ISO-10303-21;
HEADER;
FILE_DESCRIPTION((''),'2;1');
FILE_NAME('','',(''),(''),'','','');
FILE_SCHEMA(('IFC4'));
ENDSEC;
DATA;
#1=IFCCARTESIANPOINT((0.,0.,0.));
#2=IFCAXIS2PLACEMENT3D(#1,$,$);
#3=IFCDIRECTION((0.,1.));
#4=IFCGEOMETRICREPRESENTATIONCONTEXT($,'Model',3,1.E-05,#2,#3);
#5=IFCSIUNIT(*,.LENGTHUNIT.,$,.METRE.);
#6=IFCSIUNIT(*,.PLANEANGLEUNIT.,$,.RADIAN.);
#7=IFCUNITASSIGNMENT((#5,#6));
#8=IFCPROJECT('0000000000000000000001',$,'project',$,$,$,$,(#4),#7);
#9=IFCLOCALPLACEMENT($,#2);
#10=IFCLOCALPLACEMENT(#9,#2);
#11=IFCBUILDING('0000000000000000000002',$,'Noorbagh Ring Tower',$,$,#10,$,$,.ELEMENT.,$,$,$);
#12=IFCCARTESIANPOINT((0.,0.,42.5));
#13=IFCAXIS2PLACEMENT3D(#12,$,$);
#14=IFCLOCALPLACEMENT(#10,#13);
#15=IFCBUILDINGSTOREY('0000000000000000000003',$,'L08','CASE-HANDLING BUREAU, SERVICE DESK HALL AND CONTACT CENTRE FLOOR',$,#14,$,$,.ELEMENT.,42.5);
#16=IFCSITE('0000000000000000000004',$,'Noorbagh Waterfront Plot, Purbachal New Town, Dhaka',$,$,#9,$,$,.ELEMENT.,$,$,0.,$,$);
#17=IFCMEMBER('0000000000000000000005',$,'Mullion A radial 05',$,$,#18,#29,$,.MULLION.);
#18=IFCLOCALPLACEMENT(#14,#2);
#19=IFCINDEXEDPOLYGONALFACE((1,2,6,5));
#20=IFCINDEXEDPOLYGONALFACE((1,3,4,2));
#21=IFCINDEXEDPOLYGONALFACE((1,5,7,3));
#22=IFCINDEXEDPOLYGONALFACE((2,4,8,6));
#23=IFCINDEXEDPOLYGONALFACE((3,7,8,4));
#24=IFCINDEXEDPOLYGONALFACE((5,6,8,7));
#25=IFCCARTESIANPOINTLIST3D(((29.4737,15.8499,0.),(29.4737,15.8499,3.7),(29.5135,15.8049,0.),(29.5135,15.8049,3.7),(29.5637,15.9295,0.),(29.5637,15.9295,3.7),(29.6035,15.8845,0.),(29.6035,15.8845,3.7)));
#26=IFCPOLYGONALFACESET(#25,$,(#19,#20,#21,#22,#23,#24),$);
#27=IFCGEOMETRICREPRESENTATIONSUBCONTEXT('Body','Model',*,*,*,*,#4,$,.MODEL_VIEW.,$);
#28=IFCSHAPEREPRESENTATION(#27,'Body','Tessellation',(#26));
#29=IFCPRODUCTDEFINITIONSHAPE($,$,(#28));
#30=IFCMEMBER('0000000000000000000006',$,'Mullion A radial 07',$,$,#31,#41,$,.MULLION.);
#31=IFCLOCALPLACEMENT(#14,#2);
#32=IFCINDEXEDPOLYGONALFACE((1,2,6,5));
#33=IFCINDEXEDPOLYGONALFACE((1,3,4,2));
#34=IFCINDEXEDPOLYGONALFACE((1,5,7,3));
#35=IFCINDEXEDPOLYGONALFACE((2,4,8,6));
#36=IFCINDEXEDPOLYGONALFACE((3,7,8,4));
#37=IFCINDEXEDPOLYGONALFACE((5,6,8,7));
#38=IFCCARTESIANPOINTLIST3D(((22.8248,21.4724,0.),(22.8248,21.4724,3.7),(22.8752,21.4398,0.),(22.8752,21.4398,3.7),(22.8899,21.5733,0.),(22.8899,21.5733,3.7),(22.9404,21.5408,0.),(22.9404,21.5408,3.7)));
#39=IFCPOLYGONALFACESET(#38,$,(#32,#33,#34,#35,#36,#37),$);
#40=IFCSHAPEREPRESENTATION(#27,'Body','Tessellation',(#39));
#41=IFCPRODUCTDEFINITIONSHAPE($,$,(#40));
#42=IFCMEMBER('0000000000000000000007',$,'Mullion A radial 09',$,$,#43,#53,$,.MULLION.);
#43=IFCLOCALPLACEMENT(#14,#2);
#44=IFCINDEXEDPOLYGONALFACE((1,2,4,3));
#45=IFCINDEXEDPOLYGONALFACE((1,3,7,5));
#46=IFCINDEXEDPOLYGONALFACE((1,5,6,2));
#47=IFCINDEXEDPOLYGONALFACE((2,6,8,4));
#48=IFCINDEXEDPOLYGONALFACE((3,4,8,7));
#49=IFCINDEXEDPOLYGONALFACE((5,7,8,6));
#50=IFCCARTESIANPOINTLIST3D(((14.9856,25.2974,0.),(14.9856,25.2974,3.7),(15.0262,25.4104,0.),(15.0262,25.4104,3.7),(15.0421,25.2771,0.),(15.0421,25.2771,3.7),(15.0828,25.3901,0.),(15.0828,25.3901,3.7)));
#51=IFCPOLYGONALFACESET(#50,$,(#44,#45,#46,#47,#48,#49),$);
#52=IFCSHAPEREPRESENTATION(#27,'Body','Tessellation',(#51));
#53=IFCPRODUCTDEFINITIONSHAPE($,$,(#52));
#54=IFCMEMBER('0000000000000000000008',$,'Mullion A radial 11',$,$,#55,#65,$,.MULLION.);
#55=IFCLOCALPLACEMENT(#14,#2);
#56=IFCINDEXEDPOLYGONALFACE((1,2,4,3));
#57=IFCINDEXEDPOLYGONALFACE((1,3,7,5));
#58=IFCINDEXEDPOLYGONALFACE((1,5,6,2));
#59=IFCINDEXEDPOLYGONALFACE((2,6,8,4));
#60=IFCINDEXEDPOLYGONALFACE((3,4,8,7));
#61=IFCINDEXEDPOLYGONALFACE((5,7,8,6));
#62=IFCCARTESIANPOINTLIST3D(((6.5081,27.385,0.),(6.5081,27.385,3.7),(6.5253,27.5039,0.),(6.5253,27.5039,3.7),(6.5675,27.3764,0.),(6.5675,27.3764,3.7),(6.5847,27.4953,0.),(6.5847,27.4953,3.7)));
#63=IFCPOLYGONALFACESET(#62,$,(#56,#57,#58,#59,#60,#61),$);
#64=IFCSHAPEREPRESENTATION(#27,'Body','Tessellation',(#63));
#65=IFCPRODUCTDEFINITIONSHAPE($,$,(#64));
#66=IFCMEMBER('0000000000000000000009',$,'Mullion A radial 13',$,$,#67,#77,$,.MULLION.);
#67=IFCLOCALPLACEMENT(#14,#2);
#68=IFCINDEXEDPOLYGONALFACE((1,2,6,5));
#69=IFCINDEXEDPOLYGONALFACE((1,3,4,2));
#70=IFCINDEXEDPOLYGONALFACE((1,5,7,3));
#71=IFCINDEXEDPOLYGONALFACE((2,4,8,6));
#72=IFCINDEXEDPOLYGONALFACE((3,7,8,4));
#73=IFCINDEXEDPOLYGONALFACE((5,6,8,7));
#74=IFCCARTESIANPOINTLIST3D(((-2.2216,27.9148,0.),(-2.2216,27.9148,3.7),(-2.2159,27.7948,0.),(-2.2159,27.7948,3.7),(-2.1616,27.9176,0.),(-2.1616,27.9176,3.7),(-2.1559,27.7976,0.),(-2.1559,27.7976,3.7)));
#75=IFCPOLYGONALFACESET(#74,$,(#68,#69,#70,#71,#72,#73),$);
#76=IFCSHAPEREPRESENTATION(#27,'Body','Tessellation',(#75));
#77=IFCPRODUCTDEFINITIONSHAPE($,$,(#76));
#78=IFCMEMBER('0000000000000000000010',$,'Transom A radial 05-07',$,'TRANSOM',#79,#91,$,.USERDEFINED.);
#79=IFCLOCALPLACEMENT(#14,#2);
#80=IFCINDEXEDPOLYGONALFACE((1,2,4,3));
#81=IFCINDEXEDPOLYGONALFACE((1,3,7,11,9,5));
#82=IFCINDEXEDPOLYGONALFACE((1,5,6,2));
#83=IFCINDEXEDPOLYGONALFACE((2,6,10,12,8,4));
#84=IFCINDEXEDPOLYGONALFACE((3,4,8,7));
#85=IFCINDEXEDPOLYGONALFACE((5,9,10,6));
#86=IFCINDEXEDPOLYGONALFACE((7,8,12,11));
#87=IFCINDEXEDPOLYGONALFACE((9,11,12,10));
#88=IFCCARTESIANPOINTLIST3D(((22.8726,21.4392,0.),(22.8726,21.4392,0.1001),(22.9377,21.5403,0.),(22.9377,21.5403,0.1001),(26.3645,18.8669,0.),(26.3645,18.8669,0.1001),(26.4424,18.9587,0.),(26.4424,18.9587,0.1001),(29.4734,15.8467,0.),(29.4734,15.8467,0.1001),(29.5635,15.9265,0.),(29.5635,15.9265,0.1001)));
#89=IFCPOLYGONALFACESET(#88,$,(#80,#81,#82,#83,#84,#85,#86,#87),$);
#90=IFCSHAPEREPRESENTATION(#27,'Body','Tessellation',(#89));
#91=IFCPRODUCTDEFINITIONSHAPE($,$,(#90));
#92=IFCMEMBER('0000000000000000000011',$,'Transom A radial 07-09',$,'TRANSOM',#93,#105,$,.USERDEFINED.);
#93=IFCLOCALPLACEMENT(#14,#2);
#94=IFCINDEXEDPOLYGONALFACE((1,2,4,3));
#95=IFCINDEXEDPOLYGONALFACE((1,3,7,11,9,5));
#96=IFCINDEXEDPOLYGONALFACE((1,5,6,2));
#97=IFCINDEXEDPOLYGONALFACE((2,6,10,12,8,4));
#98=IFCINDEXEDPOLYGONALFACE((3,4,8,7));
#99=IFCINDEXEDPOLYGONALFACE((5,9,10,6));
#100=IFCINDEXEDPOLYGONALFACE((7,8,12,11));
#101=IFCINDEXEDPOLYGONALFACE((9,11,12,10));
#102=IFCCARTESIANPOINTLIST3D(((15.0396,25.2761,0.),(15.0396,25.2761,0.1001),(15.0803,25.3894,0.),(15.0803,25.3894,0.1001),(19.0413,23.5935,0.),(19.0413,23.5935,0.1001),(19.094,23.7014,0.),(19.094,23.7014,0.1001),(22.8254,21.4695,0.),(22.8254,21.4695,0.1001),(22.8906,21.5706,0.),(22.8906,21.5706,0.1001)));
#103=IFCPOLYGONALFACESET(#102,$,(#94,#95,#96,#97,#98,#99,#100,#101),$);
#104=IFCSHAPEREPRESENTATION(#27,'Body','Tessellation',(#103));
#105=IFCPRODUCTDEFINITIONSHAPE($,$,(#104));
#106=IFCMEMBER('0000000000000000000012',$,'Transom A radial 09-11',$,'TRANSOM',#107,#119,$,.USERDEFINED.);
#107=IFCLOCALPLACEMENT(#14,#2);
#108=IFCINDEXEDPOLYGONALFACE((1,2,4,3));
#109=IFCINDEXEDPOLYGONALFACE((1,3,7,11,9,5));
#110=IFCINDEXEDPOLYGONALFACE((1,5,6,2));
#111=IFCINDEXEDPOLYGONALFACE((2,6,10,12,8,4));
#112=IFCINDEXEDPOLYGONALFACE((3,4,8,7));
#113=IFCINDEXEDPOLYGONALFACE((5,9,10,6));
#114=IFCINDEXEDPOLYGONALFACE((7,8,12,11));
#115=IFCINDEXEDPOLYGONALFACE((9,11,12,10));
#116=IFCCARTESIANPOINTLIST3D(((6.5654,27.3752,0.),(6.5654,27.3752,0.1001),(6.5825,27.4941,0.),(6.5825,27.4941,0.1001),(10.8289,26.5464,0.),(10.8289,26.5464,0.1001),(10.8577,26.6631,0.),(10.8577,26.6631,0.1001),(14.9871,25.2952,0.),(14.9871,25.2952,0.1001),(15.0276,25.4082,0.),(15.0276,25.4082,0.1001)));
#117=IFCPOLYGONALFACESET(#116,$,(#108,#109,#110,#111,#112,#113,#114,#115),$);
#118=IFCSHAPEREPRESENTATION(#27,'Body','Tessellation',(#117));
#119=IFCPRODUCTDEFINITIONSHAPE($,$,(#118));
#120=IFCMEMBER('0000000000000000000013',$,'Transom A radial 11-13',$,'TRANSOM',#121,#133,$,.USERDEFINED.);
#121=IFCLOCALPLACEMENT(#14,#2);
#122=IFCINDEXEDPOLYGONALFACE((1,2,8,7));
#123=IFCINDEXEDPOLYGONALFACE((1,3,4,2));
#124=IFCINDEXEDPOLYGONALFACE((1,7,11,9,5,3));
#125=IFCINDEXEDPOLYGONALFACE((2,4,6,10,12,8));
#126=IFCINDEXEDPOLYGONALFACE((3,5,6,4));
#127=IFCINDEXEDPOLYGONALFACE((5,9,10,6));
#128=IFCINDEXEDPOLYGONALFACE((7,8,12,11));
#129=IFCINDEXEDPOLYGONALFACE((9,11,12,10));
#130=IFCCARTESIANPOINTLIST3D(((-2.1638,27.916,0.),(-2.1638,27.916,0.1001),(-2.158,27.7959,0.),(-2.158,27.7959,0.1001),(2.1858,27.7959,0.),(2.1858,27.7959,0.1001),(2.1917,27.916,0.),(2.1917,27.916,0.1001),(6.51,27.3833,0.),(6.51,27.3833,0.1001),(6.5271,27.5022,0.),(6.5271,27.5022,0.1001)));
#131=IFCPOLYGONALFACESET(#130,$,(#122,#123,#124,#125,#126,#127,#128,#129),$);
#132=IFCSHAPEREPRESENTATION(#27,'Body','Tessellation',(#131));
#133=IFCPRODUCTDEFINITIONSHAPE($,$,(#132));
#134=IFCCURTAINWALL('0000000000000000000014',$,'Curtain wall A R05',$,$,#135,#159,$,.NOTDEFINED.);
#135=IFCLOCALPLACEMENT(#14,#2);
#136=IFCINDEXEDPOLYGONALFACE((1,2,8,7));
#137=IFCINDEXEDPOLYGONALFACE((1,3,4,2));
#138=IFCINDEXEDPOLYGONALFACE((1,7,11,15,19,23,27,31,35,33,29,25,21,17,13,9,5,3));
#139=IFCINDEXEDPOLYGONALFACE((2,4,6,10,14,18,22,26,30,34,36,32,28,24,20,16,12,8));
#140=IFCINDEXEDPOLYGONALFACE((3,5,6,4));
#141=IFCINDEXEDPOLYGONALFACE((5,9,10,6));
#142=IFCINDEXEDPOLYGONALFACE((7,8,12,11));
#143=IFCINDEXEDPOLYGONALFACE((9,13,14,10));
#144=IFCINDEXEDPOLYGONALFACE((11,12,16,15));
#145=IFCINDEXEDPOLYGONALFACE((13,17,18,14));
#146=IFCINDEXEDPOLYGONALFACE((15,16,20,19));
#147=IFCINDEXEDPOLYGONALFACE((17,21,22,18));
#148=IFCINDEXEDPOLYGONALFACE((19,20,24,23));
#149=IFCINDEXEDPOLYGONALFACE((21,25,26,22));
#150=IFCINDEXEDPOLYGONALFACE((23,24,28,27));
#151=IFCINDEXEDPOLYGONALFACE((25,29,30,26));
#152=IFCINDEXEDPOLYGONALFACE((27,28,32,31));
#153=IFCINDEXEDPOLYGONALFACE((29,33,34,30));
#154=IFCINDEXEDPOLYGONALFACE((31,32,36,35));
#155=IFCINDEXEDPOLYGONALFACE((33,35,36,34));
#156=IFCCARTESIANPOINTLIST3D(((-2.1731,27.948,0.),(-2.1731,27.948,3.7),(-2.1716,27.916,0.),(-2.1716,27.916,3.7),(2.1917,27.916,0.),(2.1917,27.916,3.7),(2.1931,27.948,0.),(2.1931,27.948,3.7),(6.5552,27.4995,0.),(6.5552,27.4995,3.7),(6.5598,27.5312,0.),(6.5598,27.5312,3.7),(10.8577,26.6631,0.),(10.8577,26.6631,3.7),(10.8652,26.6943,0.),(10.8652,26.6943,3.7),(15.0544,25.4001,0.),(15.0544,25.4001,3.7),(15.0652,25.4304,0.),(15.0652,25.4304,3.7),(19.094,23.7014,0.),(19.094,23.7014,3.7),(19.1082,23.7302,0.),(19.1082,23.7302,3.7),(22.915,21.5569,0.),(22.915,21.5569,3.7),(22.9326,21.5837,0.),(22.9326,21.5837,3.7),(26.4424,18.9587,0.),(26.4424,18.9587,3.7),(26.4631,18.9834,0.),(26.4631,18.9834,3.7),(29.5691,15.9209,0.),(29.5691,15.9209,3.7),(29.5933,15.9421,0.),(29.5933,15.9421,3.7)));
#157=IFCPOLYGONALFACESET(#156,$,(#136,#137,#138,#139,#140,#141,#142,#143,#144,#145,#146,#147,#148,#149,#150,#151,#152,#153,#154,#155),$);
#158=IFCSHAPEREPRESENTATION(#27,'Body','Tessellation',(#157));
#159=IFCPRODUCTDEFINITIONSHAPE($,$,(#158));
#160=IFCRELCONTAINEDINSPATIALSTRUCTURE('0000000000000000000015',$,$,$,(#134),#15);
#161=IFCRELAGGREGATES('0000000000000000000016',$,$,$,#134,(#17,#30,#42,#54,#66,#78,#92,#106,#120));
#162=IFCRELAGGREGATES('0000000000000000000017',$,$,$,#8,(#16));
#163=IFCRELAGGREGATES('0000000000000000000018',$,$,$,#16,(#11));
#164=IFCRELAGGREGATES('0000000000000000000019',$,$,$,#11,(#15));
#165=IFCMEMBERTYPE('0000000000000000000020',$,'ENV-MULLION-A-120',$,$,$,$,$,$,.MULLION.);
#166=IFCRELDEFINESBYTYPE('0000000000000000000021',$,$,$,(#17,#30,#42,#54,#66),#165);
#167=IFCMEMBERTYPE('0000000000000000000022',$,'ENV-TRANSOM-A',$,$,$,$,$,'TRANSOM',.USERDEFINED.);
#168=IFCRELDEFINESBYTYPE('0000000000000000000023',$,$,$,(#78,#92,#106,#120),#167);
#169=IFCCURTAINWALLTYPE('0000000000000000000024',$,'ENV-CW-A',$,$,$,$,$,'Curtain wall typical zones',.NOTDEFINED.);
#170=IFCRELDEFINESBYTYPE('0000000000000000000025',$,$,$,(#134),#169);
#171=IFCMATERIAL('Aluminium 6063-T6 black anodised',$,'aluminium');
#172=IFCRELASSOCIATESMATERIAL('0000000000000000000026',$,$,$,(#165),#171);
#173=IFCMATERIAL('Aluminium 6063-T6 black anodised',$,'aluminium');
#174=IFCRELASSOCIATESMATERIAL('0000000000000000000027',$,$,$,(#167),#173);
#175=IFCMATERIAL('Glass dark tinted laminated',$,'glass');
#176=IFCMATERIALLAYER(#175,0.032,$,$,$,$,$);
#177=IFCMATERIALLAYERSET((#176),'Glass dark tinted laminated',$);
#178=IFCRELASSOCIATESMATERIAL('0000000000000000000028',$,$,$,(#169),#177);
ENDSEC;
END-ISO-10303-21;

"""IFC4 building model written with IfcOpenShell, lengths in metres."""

from ifc_helpers import new_model, si_unit, direction, frame, origin, origin_2d, place, context, subcontext, project, spatial, polyline, rectangle, outline, extrude, material, layer, layer_set, material_profile, profile_set, type_object, element, aggregate, save


model = new_model("IFC4")

# Units and contexts
model_context = context("Model", 3, precision=1e-05, world=origin(), true_north=direction((0.0, 1.0)))
body_context = subcontext(model_context, "Body", "Model", "MODEL_VIEW")
ifc_project = project(units=[si_unit("LENGTHUNIT", "METRE"), si_unit("PLANEANGLEUNIT", "RADIAN")], contexts=[model_context])

# Members
ifc_material_1 = material(Name="Aluminium 6063-T6 black anodised", Category="aluminium")
ifc_material_profile = material_profile(ifc_material_1, rectangle(XDim=0.1201, YDim=0.0601, at=origin_2d()), Name="120x60")
ifc_profile_set = profile_set([ifc_material_profile], Name="Aluminium 6063-T6 black anodised")
member_type_1 = type_object("IfcMemberType", Name="ENV-MULLION-A-120", PredefinedType="MULLION", material=ifc_profile_set)
site_placement = place(None, origin())
building_placement = place(site_placement, origin())
storey_placement = place(building_placement, frame((0.0, 0.0, 42.5)))
member_1_placement = place(storey_placement, frame((29.5386, 15.8672, 0.0), z_axis=(0.0, 0.0, 1.0), x_axis=(-0.749047, -0.662517, 0.0)))
member_1 = element("IfcMember", 1, at=member_1_placement, type_object=member_type_1, Name="Mullion A radial 05", PredefinedType="MULLION", context=body_context, shape_type="SweptSolid", body=[
    extrude(rectangle(XDim=0.1201, YDim=0.0601, at=origin_2d()), origin(), (0.0, 0.0, 1.0), 3.7),
])
member_2_placement = place(storey_placement, frame((22.8826, 21.5066, 0.0), z_axis=(0.0, 0.0, 1.0), x_axis=(-0.542279, -0.840198, 0.0)))
member_2 = element("IfcMember", 2, at=member_2_placement, type_object=member_type_1, Name="Mullion A radial 07", PredefinedType="MULLION", context=body_context, shape_type="SweptSolid", body=[
    extrude(rectangle(XDim=0.1201, YDim=0.0601, at=origin_2d()), origin(), (0.0, 0.0, 1.0), 3.7),
])
member_3_placement = place(storey_placement, frame((15.0342, 25.3438, 0.0), z_axis=(0.0, 0.0, 1.0), x_axis=(-0.338379, -0.94101, 0.0)))
member_3 = element("IfcMember", 3, at=member_3_placement, type_object=member_type_1, Name="Mullion A radial 09", PredefinedType="MULLION", context=body_context, shape_type="SweptSolid", body=[
    extrude(rectangle(XDim=0.1201, YDim=0.0601, at=origin_2d()), origin(), (0.0, 0.0, 1.0), 3.7),
])
member_4_placement = place(storey_placement, frame((6.5464, 27.4402, 0.0), z_axis=(0.0, 0.0, 1.0), x_axis=(-0.143082, -0.989711, 0.0)))
member_4 = element("IfcMember", 4, at=member_4_placement, type_object=member_type_1, Name="Mullion A radial 11", PredefinedType="MULLION", context=body_context, shape_type="SweptSolid", body=[
    extrude(rectangle(XDim=0.1201, YDim=0.0601, at=origin_2d()), origin(), (0.0, 0.0, 1.0), 3.7),
])
member_5_placement = place(storey_placement, frame((-2.1887, 27.8562, 0.0), z_axis=(0.0, 0.0, 1.0), x_axis=(0.047558, -0.998868, 0.0)))
member_5 = element("IfcMember", 5, at=member_5_placement, type_object=member_type_1, Name="Mullion A radial 13", PredefinedType="MULLION", context=body_context, shape_type="SweptSolid", body=[
    extrude(rectangle(XDim=0.1201, YDim=0.0601, at=origin_2d()), origin(), (0.0, 0.0, 1.0), 3.7),
])
ifc_material_2 = material(Name="Aluminium 6063-T6 black anodised", Category="aluminium")
member_type_2 = type_object("IfcMemberType", Name="ENV-TRANSOM-A", ElementType="TRANSOM", PredefinedType="USERDEFINED", material=ifc_material_2)
member_6_placement = place(storey_placement, origin())
member_6 = element("IfcMember", 6, at=member_6_placement, type_object=member_type_2, Name="Transom A radial 05-07", ObjectType="TRANSOM", PredefinedType="USERDEFINED", context=body_context, shape_type="SweptSolid", body=[
    extrude(outline(polyline([(29.5635, 15.9265), (26.4424, 18.9587), (22.9377, 21.5403), (22.8726, 21.4392), (26.3645, 18.8669), (29.4734, 15.8467), (29.5635, 15.9265)])), origin(), (0.0, 0.0, 1.0), 0.1001),
])
member_7_placement = place(storey_placement, origin())
member_7 = element("IfcMember", 7, at=member_7_placement, type_object=member_type_2, Name="Transom A radial 07-09", ObjectType="TRANSOM", PredefinedType="USERDEFINED", context=body_context, shape_type="SweptSolid", body=[
    extrude(outline(polyline([(22.8906, 21.5706), (19.094, 23.7014), (15.0803, 25.3894), (15.0396, 25.2761), (19.0413, 23.5935), (22.8254, 21.4695), (22.8906, 21.5706)])), origin(), (0.0, 0.0, 1.0), 0.1001),
])
member_8_placement = place(storey_placement, origin())
member_8 = element("IfcMember", 8, at=member_8_placement, type_object=member_type_2, Name="Transom A radial 09-11", ObjectType="TRANSOM", PredefinedType="USERDEFINED", context=body_context, shape_type="SweptSolid", body=[
    extrude(outline(polyline([(15.0276, 25.4082), (10.8577, 26.6631), (6.5825, 27.4941), (6.5654, 27.3752), (10.8289, 26.5464), (14.9871, 25.2952), (15.0276, 25.4082)])), origin(), (0.0, 0.0, 1.0), 0.1001),
])
member_9_placement = place(storey_placement, origin())
member_9 = element("IfcMember", 9, at=member_9_placement, type_object=member_type_2, Name="Transom A radial 11-13", ObjectType="TRANSOM", PredefinedType="USERDEFINED", context=body_context, shape_type="SweptSolid", body=[
    extrude(outline(polyline([(6.5271, 27.5022), (2.1917, 27.916), (-2.1638, 27.916), (-2.158, 27.7959), (2.1858, 27.7959), (6.51, 27.3833), (6.5271, 27.5022)])), origin(), (0.0, 0.0, 1.0), 0.1001),
])

# Site, building, storey
site = spatial("IfcSite", under=ifc_project, at=site_placement, Name="Noorbagh Waterfront Plot, Purbachal New Town, Dhaka", CompositionType="ELEMENT", RefElevation=0.0)
building = spatial("IfcBuilding", under=site, at=building_placement, Name="Noorbagh Ring Tower", CompositionType="ELEMENT")
storey = spatial("IfcBuildingStorey", under=building, at=storey_placement, Name="L08", Description="CASE-HANDLING BUREAU, SERVICE DESK HALL AND CONTACT CENTRE FLOOR", CompositionType="ELEMENT", Elevation=42.5)

# Curtain wall
ifc_material_3 = material(Name="Glass dark tinted laminated", Category="glass")
ifc_layer = layer(ifc_material_3, 0.032)
ifc_layer_set = layer_set([ifc_layer], Name="Glass dark tinted laminated")
curtain_wall_type = type_object("IfcCurtainWallType", Name="ENV-CW-A", ElementType="Curtain wall typical zones", PredefinedType="NOTDEFINED", material=ifc_layer_set)
curtain_wall_1_placement = place(storey_placement, origin())
curtain_wall_1 = element("IfcCurtainWall", 10, at=curtain_wall_1_placement, inside=storey, type_object=curtain_wall_type, Name="Curtain wall A R05", PredefinedType="NOTDEFINED", context=body_context, shape_type="SweptSolid", body=[
    extrude(outline(polyline([(29.5933, 15.9421), (26.4631, 18.9834), (22.9326, 21.5837), (19.1082, 23.7302), (15.0652, 25.4304), (10.8652, 26.6943), (6.5598, 27.5312), (2.1931, 27.948), (-2.1731, 27.948), (-2.1716, 27.916), (2.1917, 27.916), (6.5552, 27.4995), (10.8577, 26.6631), (15.0544, 25.4001), (19.094, 23.7014), (22.915, 21.5569), (26.4424, 18.9587), (29.5691, 15.9209), (29.5933, 15.9421)])), origin(), (0.0, 0.0, 1.0), 3.7),
])
aggregate(curtain_wall_1, [member_1, member_2, member_3, member_4, member_5, member_6, member_7, member_8, member_9])

save(model, "model.ifc")
